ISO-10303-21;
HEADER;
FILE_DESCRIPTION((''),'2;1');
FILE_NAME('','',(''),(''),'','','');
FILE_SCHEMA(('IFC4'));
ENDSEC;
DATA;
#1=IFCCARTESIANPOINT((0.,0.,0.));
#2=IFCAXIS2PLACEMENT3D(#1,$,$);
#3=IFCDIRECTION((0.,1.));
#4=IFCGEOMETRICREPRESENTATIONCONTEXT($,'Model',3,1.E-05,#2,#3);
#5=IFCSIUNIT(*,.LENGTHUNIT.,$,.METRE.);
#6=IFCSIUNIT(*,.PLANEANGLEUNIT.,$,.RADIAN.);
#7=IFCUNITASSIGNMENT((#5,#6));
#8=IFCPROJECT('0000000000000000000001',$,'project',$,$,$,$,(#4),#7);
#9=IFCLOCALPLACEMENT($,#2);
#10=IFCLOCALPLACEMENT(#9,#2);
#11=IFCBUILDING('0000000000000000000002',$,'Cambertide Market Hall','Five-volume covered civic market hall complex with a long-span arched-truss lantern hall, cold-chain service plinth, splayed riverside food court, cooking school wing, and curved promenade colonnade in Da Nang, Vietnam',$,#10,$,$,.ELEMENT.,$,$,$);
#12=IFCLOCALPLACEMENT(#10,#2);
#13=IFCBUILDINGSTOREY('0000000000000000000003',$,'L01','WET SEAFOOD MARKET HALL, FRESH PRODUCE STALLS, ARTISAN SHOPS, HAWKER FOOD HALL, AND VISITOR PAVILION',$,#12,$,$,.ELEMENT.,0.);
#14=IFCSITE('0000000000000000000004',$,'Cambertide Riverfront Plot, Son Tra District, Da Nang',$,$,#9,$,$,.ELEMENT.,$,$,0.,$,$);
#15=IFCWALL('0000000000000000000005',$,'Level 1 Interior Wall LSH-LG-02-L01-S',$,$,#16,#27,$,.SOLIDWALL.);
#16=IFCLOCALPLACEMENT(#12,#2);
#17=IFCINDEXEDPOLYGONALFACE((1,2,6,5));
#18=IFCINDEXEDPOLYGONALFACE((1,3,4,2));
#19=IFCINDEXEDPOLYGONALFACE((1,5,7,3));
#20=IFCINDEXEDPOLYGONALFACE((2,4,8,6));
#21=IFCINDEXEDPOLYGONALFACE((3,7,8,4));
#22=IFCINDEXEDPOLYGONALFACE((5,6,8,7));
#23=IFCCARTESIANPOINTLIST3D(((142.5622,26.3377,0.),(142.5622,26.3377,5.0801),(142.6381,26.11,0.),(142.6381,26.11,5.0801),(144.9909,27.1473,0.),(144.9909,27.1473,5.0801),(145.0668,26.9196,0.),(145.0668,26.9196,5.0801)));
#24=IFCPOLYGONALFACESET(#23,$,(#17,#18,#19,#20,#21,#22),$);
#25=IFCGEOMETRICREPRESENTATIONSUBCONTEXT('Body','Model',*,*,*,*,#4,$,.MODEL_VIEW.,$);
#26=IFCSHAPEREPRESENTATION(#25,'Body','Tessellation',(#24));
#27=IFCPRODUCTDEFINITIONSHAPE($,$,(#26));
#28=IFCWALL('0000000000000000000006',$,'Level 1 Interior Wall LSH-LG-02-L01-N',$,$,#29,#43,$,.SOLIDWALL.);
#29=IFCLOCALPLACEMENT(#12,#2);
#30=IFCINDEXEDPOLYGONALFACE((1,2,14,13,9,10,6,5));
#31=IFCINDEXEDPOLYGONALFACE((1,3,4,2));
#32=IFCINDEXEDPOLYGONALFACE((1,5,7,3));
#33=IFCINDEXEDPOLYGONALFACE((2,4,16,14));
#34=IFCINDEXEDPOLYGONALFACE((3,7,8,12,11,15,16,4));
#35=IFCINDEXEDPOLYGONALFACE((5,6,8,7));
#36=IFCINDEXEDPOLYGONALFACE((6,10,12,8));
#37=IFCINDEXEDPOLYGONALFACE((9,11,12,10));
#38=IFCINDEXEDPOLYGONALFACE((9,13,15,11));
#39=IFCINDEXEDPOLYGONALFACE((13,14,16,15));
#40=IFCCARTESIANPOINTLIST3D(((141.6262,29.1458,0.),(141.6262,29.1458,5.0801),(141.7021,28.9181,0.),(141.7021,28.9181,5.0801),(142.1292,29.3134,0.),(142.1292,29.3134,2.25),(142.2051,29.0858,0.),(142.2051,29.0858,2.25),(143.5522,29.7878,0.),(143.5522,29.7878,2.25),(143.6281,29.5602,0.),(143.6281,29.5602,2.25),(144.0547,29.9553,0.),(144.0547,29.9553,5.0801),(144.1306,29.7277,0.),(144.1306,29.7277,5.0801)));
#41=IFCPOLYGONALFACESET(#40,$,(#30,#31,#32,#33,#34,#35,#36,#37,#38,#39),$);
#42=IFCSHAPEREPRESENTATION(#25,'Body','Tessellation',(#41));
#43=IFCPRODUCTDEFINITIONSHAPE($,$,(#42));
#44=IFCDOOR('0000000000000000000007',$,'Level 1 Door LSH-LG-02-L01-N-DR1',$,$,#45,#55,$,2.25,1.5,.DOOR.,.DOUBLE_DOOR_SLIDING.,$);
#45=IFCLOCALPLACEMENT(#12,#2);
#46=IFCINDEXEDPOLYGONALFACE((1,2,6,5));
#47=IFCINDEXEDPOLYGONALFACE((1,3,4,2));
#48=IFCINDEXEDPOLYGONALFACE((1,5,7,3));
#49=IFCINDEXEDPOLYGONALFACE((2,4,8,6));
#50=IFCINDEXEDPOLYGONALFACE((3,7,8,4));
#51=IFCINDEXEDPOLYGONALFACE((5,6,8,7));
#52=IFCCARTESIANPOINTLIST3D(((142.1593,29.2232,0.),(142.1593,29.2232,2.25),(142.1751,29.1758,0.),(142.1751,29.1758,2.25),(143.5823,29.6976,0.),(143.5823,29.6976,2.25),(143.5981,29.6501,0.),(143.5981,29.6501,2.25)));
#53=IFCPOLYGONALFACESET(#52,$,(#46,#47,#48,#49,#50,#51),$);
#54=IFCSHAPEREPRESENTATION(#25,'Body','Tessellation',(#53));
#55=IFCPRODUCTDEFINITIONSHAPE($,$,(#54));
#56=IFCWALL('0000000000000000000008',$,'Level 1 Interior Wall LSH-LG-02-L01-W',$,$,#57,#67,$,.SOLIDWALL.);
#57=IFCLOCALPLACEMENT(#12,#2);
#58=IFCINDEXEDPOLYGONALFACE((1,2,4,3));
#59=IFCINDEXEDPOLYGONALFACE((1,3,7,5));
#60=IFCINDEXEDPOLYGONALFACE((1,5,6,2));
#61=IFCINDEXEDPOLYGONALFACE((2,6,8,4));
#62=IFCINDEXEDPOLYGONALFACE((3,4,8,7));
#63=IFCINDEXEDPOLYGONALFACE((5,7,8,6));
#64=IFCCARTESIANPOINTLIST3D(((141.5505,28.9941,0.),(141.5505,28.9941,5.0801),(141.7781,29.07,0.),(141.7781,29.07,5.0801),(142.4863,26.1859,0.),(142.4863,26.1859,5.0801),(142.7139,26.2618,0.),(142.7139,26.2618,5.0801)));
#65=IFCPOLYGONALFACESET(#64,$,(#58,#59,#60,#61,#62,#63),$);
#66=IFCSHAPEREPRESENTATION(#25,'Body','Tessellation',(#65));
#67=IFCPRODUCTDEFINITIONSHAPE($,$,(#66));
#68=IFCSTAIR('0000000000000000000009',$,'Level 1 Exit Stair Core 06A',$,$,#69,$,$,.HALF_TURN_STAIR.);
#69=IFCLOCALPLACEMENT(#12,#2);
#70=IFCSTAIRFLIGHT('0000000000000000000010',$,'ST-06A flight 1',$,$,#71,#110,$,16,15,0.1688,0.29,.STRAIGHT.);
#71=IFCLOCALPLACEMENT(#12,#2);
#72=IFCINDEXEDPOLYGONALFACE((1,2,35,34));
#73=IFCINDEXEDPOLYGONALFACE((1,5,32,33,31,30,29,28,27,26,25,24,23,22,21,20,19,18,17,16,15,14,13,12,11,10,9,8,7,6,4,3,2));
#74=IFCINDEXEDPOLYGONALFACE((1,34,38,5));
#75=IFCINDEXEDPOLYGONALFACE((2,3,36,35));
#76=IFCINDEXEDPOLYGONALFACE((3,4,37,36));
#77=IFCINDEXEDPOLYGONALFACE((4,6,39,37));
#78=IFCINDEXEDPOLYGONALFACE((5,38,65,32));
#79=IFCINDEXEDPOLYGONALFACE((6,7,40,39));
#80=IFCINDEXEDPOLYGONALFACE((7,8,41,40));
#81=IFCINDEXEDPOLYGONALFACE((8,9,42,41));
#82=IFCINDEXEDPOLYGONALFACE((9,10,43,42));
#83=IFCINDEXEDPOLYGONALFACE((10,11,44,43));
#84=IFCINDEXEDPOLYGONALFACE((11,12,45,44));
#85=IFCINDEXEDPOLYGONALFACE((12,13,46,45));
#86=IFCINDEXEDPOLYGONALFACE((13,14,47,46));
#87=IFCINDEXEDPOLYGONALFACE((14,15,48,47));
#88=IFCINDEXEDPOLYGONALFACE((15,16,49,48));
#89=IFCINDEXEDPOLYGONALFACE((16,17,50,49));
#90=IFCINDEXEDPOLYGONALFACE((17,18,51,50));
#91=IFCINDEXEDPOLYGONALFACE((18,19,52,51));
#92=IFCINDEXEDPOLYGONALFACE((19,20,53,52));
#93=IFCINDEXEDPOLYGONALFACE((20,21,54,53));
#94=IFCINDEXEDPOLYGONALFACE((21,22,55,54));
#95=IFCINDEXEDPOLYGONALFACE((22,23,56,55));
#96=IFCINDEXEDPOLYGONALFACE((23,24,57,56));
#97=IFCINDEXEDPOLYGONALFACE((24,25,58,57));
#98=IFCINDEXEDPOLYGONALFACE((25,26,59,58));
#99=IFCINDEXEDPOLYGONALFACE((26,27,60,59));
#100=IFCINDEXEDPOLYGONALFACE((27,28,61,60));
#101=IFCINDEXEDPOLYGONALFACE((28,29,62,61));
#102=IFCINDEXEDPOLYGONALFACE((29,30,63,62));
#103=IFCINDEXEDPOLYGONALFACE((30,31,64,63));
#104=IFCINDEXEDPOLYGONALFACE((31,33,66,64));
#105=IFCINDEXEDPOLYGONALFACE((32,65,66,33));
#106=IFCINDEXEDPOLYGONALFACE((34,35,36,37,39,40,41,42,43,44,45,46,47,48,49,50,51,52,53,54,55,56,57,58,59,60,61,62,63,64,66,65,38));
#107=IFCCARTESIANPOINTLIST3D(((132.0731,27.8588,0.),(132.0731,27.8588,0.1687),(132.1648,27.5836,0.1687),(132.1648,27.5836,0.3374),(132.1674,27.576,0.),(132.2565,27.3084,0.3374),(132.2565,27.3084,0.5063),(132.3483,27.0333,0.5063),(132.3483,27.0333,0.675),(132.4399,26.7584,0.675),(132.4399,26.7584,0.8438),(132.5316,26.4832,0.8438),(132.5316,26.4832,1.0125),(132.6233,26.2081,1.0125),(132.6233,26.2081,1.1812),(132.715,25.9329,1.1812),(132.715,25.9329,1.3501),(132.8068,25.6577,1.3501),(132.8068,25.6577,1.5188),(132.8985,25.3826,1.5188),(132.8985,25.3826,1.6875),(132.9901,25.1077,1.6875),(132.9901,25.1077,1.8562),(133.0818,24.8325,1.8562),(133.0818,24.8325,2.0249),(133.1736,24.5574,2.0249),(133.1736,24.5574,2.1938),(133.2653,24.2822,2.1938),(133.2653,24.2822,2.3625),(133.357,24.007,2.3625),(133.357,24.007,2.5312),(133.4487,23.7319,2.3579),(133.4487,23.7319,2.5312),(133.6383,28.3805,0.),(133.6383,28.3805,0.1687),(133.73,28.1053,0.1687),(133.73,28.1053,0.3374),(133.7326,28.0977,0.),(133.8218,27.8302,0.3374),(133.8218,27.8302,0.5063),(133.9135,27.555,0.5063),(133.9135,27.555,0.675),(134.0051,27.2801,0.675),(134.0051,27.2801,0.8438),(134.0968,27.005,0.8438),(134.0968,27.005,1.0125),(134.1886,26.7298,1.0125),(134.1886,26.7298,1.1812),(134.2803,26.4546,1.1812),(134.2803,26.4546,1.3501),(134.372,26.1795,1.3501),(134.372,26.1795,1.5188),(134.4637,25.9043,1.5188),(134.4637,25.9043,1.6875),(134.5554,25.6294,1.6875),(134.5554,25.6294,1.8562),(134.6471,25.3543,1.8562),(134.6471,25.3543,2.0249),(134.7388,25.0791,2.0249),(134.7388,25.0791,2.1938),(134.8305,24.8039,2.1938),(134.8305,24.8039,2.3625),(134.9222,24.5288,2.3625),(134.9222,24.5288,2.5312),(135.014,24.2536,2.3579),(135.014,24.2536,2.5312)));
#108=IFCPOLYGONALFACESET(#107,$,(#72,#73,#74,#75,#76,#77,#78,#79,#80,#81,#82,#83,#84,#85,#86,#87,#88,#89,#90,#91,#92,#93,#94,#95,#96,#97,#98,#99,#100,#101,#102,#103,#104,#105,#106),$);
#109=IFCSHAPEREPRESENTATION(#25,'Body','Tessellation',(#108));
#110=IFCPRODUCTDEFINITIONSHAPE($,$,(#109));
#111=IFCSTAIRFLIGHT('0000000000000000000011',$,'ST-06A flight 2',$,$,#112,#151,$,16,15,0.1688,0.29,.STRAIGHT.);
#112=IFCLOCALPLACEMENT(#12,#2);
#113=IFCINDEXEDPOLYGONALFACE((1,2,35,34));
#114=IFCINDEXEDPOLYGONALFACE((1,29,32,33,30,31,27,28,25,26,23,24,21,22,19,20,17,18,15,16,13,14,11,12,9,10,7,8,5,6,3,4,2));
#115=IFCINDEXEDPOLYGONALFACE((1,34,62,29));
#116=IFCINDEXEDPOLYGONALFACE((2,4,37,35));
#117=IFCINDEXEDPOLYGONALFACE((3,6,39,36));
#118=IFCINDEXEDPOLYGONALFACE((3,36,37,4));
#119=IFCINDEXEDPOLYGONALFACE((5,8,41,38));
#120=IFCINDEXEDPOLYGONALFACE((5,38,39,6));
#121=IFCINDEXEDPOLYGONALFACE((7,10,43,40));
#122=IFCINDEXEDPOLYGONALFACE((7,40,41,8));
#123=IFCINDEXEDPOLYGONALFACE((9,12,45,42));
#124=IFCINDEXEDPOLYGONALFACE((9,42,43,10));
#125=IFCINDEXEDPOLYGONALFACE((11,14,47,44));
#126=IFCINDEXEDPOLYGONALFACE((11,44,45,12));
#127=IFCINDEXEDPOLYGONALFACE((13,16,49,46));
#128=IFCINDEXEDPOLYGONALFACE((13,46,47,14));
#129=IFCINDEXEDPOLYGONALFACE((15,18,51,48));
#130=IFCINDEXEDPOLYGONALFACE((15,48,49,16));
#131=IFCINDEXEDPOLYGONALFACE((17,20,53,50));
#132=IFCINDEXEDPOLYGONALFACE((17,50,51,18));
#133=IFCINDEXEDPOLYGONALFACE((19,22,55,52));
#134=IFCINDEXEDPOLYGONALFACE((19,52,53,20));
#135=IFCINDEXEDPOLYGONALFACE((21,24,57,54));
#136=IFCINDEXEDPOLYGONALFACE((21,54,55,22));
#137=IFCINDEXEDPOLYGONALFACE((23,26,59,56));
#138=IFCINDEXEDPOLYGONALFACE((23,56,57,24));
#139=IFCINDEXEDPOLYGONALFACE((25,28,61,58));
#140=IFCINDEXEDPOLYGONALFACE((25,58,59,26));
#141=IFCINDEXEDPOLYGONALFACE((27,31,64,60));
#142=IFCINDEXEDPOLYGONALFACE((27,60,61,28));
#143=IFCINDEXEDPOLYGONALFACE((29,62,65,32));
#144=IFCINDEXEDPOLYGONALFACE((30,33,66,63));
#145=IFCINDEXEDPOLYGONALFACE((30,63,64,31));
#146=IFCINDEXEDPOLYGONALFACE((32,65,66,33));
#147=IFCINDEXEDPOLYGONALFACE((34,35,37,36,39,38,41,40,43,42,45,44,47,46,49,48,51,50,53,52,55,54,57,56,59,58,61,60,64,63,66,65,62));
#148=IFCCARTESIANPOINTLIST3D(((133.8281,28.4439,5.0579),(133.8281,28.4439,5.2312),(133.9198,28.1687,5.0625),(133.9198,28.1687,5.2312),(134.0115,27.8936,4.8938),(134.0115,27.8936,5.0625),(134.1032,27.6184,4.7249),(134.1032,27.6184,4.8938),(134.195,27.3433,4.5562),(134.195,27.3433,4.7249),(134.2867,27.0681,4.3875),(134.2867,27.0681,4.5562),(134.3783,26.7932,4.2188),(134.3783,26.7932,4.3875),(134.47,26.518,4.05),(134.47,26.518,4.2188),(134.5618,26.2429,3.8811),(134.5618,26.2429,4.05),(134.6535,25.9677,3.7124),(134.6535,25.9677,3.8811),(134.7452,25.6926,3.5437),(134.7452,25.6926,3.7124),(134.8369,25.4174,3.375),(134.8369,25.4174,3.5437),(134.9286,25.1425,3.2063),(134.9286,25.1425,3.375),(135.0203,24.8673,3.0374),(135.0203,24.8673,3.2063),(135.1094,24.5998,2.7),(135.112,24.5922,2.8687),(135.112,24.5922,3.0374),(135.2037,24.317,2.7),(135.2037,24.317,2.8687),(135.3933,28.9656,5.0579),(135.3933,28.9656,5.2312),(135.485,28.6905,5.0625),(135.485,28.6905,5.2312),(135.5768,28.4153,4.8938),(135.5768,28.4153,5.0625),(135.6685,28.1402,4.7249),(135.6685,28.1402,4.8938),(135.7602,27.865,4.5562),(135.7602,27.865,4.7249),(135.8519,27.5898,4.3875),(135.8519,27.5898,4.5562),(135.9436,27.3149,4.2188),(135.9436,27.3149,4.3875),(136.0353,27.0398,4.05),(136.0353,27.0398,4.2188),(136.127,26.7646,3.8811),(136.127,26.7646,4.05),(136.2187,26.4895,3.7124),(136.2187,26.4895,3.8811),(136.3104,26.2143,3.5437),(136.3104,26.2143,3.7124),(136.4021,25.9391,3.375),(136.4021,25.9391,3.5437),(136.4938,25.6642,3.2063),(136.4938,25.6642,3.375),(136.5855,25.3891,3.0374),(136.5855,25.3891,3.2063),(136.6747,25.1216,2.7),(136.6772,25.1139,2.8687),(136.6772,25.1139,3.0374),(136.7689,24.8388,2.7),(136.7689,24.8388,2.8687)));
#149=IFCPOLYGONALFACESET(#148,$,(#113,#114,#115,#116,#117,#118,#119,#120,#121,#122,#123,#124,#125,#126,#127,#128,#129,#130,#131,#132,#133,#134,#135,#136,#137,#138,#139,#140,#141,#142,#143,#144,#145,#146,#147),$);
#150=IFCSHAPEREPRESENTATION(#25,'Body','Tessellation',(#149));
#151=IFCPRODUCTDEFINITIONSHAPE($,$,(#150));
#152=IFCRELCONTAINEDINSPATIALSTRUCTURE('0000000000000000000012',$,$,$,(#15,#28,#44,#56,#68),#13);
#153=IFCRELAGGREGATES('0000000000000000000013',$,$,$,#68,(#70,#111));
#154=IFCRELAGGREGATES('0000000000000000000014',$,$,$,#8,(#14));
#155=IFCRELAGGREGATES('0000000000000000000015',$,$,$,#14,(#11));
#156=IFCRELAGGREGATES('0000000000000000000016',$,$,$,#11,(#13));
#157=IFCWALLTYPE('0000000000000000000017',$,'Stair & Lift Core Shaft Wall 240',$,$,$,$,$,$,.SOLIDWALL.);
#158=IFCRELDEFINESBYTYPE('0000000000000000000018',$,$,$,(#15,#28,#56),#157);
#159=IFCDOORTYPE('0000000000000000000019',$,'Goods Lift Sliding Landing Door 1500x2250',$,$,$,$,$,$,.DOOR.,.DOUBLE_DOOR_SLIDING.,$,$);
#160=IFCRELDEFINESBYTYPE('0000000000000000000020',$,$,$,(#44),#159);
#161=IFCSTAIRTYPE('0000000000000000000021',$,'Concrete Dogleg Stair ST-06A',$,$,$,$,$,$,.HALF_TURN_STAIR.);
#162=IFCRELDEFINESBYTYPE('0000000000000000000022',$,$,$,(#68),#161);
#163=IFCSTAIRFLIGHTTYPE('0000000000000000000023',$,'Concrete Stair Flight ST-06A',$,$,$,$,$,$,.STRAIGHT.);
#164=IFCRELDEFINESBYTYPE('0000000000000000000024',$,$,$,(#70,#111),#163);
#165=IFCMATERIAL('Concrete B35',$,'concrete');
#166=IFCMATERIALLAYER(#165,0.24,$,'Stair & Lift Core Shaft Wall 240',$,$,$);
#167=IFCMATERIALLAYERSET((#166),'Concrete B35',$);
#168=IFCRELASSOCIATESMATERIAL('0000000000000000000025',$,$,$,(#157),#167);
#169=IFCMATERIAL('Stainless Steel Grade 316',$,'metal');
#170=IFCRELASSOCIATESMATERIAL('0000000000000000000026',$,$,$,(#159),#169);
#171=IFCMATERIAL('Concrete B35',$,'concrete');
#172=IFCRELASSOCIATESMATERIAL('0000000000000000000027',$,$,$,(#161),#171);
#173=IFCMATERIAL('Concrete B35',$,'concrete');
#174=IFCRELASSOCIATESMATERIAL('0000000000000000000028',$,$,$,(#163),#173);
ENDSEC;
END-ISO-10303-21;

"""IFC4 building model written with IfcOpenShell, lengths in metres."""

from ifc_helpers import new_model, si_unit, direction, frame, frame_2d, origin, place, context, subcontext, project, spatial, polyline, rectangle, outline, extrude, material, layer, layer_set, type_object, element, fill, aggregate, save


model = new_model("IFC4")

# Units and contexts
model_context = context("Model", 3, precision=1e-05, world=origin(), true_north=direction((0.0, 1.0)))
body_context = subcontext(model_context, "Body", "Model", "MODEL_VIEW")
ifc_project = project(units=[si_unit("LENGTHUNIT", "METRE"), si_unit("PLANEANGLEUNIT", "RADIAN")], contexts=[model_context])

# Site, building, storey
site_placement = place(None, origin())
site = spatial("IfcSite", under=ifc_project, at=site_placement, Name="Cambertide Riverfront Plot, Son Tra District, Da Nang", CompositionType="ELEMENT", RefElevation=0.0)
building_placement = place(site_placement, origin())
building = spatial("IfcBuilding", under=site, at=building_placement, Name="Cambertide Market Hall", Description="Five-volume covered civic market hall complex with a long-span arched-truss lantern hall, cold-chain service plinth, splayed riverside food court, cooking school wing, and curved promenade colonnade in Da Nang, Vietnam", CompositionType="ELEMENT")
storey_placement = place(building_placement, origin())
storey = spatial("IfcBuildingStorey", under=building, at=storey_placement, Name="L01", Description="WET SEAFOOD MARKET HALL, FRESH PRODUCE STALLS, ARTISAN SHOPS, HAWKER FOOD HALL, AND VISITOR PAVILION", CompositionType="ELEMENT", Elevation=0.0)

# Wall
ifc_material_1 = material(Name="Concrete B35", Category="concrete")
ifc_layer_1 = layer(ifc_material_1, 0.24, Name="Stair & Lift Core Shaft Wall 240")
ifc_layer_set_1 = layer_set([ifc_layer_1], Name="Concrete B35")
wall_type_1 = type_object("IfcWallType", Name="Stair & Lift Core Shaft Wall 240", PredefinedType="SOLIDWALL", material=ifc_layer_set_1)
wall_1_placement = place(storey_placement, frame((145.0288, 27.0334, 0.0), z_axis=(0.0, 0.0, 1.0), x_axis=(-0.948683, -0.316228, 0.0)))
element("IfcWall", 1, at=wall_1_placement, inside=storey, type_object=wall_type_1, Name="Level 1 Interior Wall LSH-LG-02-L01-S", PredefinedType="SOLIDWALL", context=body_context, shape_type="SweptSolid", body=[
    extrude(rectangle(XDim=2.5601, YDim=0.24, at=frame_2d((1.28, 0.0))), origin(), (0.0, 0.0, 1.0), 5.0801),
])

# Wall, opening, door
wall_2_placement = place(storey_placement, frame((141.6643, 29.032, 0.0), z_axis=(0.0, 0.0, 1.0), x_axis=(0.948674, 0.316256, 0.0)))
wall_2 = element("IfcWall", 2, at=wall_2_placement, inside=storey, type_object=wall_type_1, Name="Level 1 Interior Wall LSH-LG-02-L01-N", PredefinedType="SOLIDWALL", context=body_context, shape_type="SweptSolid", body=[
    extrude(rectangle(XDim=2.5598, YDim=0.24, at=frame_2d((1.2798, 0.0))), origin(), (0.0, 0.0, 1.0), 5.0801),
])
opening_1_placement = place(wall_2_placement, frame((0.53, 0.0, 0.0)))
opening_1 = element("IfcOpeningElement", 3, at=opening_1_placement, cuts=wall_2, PredefinedType="OPENING", context=body_context, shape_type="SweptSolid", body=[
    extrude(rectangle(XDim=1.5, YDim=2.25, at=frame_2d((0.75, 1.125))), frame((0.0, 0.1299, 0.0), z_axis=(0.0, -1.0, 0.0), x_axis=(1.0, 0.0, 0.0)), (0.0, 0.0, 1.0), 0.26),
])
ifc_material_2 = material(Name="Stainless Steel Grade 316", Category="metal")
door_type_1 = type_object("IfcDoorType", Name="Goods Lift Sliding Landing Door 1500x2250", OperationType="DOUBLE_DOOR_SLIDING", PredefinedType="DOOR", material=ifc_material_2)
door_1_placement = place(opening_1_placement, origin())
door_1 = element("IfcDoor", 4, at=door_1_placement, inside=storey, type_object=door_type_1, Name="Level 1 Door LSH-LG-02-L01-N-DR1", OperationType="DOUBLE_DOOR_SLIDING", OverallHeight=2.25, OverallWidth=1.5, PredefinedType="DOOR", context=body_context, shape_type="SweptSolid", body=[
    extrude(rectangle(XDim=1.5, YDim=2.25, at=frame_2d((0.75, 1.125))), frame((0.0, 0.0249, 0.0), z_axis=(0.0, -1.0, 0.0), x_axis=(1.0, 0.0, 0.0)), (0.0, 0.0, 1.0), 0.05),
])
fill(opening_1, door_1)

# Wall
wall_3_placement = place(storey_placement, frame((142.6001, 26.2239, 0.0), z_axis=(0.0, 0.0, 1.0), x_axis=(-0.316154, 0.948708, 0.0)))
element("IfcWall", 5, at=wall_3_placement, inside=storey, type_object=wall_type_1, Name="Level 1 Interior Wall LSH-LG-02-L01-W", PredefinedType="SOLIDWALL", context=body_context, shape_type="SweptSolid", body=[
    extrude(rectangle(XDim=2.96, YDim=0.24, at=frame_2d((1.48, 0.0))), origin(), (0.0, 0.0, 1.0), 5.0801),
])

# Stair, stair flights
ifc_material_3 = material(Name="Concrete B35", Category="concrete")
stair_type = type_object("IfcStairType", Name="Concrete Dogleg Stair ST-06A", PredefinedType="HALF_TURN_STAIR", material=ifc_material_3)
stair_placement = place(storey_placement, origin())
stair = element("IfcStair", 6, at=stair_placement, inside=storey, type_object=stair_type, Name="Level 1 Exit Stair Core 06A", PredefinedType="HALF_TURN_STAIR")
ifc_material_4 = material(Name="Concrete B35", Category="concrete")
stair_flight_type = type_object("IfcStairFlightType", Name="Concrete Stair Flight ST-06A", PredefinedType="STRAIGHT", material=ifc_material_4)
stair_flight_1_placement = place(storey_placement, frame((132.8557, 28.1196, 0.0), z_axis=(0.0, 0.0, 1.0), x_axis=(0.316228, -0.948683, 0.0)))
stair_flight_1 = element("IfcStairFlight", 7, at=stair_flight_1_placement, type_object=stair_flight_type, Name="ST-06A flight 1", NumberOfRisers=16, NumberOfTreads=15, PredefinedType="STRAIGHT", RiserHeight=0.1688, TreadLength=0.29, context=body_context, shape_type="SweptSolid", body=[
    extrude(outline(polyline([(0.0, 0.0), (0.0, 0.1687), (0.29, 0.1687), (0.29, 0.3374), (0.5801, 0.3374), (0.5801, 0.5063), (0.8701, 0.5063), (0.8701, 0.675), (1.1599, 0.675), (1.1599, 0.8438), (1.45, 0.8438), (1.45, 1.0125), (1.74, 1.0125), (1.74, 1.1812), (2.03, 1.1812), (2.03, 1.3501), (2.3201, 1.3501), (2.3201, 1.5188), (2.6101, 1.5188), (2.6101, 1.6875), (2.8999, 1.6875), (2.8999, 1.8562), (3.1899, 1.8562), (3.1899, 2.0249), (3.48, 2.0249), (3.48, 2.1938), (3.77, 2.1938), (3.77, 2.3625), (4.0601, 2.3625), (4.0601, 2.5312), (4.3501, 2.5312), (4.3501, 2.7), (4.3501, 2.3579), (0.2981, 0.0), (0.0, 0.0)])), frame((0.0, 0.825, 0.0), z_axis=(0.0, -1.0, 0.0), x_axis=(1.0, 0.0, 0.0)), (0.0, 0.0, 1.0), 1.6499),
])
stair_flight_2_placement = place(storey_placement, frame((135.9863, 24.5779, 2.7), z_axis=(0.0, 0.0, 1.0), x_axis=(-0.316228, 0.948683, 0.0)))
stair_flight_2 = element("IfcStairFlight", 8, at=stair_flight_2_placement, type_object=stair_flight_type, Name="ST-06A flight 2", NumberOfRisers=16, NumberOfTreads=15, PredefinedType="STRAIGHT", RiserHeight=0.1688, TreadLength=0.29, context=body_context, shape_type="SweptSolid", body=[
    extrude(outline(polyline([(0.0, 0.0), (0.0, 0.1687), (0.29, 0.1687), (0.29, 0.3374), (0.5801, 0.3374), (0.5801, 0.5063), (0.8701, 0.5063), (0.8701, 0.675), (1.1599, 0.675), (1.1599, 0.8438), (1.45, 0.8438), (1.45, 1.0125), (1.74, 1.0125), (1.74, 1.1812), (2.03, 1.1812), (2.03, 1.3501), (2.3201, 1.3501), (2.3201, 1.5188), (2.6101, 1.5188), (2.6101, 1.6875), (2.8999, 1.6875), (2.8999, 1.8562), (3.1899, 1.8562), (3.1899, 2.0249), (3.48, 2.0249), (3.48, 2.1938), (3.77, 2.1938), (3.77, 2.3625), (4.0601, 2.3625), (4.0601, 2.5312), (4.3501, 2.5312), (4.3501, 2.7), (4.3501, 2.3579), (0.2981, 0.0), (0.0, 0.0)])), frame((0.0, 0.825, 0.0), z_axis=(0.0, -1.0, 0.0), x_axis=(1.0, 0.0, 0.0)), (0.0, 0.0, 1.0), 1.6499),
])
aggregate(stair, [stair_flight_1, stair_flight_2])

save(model, "model.ifc")
